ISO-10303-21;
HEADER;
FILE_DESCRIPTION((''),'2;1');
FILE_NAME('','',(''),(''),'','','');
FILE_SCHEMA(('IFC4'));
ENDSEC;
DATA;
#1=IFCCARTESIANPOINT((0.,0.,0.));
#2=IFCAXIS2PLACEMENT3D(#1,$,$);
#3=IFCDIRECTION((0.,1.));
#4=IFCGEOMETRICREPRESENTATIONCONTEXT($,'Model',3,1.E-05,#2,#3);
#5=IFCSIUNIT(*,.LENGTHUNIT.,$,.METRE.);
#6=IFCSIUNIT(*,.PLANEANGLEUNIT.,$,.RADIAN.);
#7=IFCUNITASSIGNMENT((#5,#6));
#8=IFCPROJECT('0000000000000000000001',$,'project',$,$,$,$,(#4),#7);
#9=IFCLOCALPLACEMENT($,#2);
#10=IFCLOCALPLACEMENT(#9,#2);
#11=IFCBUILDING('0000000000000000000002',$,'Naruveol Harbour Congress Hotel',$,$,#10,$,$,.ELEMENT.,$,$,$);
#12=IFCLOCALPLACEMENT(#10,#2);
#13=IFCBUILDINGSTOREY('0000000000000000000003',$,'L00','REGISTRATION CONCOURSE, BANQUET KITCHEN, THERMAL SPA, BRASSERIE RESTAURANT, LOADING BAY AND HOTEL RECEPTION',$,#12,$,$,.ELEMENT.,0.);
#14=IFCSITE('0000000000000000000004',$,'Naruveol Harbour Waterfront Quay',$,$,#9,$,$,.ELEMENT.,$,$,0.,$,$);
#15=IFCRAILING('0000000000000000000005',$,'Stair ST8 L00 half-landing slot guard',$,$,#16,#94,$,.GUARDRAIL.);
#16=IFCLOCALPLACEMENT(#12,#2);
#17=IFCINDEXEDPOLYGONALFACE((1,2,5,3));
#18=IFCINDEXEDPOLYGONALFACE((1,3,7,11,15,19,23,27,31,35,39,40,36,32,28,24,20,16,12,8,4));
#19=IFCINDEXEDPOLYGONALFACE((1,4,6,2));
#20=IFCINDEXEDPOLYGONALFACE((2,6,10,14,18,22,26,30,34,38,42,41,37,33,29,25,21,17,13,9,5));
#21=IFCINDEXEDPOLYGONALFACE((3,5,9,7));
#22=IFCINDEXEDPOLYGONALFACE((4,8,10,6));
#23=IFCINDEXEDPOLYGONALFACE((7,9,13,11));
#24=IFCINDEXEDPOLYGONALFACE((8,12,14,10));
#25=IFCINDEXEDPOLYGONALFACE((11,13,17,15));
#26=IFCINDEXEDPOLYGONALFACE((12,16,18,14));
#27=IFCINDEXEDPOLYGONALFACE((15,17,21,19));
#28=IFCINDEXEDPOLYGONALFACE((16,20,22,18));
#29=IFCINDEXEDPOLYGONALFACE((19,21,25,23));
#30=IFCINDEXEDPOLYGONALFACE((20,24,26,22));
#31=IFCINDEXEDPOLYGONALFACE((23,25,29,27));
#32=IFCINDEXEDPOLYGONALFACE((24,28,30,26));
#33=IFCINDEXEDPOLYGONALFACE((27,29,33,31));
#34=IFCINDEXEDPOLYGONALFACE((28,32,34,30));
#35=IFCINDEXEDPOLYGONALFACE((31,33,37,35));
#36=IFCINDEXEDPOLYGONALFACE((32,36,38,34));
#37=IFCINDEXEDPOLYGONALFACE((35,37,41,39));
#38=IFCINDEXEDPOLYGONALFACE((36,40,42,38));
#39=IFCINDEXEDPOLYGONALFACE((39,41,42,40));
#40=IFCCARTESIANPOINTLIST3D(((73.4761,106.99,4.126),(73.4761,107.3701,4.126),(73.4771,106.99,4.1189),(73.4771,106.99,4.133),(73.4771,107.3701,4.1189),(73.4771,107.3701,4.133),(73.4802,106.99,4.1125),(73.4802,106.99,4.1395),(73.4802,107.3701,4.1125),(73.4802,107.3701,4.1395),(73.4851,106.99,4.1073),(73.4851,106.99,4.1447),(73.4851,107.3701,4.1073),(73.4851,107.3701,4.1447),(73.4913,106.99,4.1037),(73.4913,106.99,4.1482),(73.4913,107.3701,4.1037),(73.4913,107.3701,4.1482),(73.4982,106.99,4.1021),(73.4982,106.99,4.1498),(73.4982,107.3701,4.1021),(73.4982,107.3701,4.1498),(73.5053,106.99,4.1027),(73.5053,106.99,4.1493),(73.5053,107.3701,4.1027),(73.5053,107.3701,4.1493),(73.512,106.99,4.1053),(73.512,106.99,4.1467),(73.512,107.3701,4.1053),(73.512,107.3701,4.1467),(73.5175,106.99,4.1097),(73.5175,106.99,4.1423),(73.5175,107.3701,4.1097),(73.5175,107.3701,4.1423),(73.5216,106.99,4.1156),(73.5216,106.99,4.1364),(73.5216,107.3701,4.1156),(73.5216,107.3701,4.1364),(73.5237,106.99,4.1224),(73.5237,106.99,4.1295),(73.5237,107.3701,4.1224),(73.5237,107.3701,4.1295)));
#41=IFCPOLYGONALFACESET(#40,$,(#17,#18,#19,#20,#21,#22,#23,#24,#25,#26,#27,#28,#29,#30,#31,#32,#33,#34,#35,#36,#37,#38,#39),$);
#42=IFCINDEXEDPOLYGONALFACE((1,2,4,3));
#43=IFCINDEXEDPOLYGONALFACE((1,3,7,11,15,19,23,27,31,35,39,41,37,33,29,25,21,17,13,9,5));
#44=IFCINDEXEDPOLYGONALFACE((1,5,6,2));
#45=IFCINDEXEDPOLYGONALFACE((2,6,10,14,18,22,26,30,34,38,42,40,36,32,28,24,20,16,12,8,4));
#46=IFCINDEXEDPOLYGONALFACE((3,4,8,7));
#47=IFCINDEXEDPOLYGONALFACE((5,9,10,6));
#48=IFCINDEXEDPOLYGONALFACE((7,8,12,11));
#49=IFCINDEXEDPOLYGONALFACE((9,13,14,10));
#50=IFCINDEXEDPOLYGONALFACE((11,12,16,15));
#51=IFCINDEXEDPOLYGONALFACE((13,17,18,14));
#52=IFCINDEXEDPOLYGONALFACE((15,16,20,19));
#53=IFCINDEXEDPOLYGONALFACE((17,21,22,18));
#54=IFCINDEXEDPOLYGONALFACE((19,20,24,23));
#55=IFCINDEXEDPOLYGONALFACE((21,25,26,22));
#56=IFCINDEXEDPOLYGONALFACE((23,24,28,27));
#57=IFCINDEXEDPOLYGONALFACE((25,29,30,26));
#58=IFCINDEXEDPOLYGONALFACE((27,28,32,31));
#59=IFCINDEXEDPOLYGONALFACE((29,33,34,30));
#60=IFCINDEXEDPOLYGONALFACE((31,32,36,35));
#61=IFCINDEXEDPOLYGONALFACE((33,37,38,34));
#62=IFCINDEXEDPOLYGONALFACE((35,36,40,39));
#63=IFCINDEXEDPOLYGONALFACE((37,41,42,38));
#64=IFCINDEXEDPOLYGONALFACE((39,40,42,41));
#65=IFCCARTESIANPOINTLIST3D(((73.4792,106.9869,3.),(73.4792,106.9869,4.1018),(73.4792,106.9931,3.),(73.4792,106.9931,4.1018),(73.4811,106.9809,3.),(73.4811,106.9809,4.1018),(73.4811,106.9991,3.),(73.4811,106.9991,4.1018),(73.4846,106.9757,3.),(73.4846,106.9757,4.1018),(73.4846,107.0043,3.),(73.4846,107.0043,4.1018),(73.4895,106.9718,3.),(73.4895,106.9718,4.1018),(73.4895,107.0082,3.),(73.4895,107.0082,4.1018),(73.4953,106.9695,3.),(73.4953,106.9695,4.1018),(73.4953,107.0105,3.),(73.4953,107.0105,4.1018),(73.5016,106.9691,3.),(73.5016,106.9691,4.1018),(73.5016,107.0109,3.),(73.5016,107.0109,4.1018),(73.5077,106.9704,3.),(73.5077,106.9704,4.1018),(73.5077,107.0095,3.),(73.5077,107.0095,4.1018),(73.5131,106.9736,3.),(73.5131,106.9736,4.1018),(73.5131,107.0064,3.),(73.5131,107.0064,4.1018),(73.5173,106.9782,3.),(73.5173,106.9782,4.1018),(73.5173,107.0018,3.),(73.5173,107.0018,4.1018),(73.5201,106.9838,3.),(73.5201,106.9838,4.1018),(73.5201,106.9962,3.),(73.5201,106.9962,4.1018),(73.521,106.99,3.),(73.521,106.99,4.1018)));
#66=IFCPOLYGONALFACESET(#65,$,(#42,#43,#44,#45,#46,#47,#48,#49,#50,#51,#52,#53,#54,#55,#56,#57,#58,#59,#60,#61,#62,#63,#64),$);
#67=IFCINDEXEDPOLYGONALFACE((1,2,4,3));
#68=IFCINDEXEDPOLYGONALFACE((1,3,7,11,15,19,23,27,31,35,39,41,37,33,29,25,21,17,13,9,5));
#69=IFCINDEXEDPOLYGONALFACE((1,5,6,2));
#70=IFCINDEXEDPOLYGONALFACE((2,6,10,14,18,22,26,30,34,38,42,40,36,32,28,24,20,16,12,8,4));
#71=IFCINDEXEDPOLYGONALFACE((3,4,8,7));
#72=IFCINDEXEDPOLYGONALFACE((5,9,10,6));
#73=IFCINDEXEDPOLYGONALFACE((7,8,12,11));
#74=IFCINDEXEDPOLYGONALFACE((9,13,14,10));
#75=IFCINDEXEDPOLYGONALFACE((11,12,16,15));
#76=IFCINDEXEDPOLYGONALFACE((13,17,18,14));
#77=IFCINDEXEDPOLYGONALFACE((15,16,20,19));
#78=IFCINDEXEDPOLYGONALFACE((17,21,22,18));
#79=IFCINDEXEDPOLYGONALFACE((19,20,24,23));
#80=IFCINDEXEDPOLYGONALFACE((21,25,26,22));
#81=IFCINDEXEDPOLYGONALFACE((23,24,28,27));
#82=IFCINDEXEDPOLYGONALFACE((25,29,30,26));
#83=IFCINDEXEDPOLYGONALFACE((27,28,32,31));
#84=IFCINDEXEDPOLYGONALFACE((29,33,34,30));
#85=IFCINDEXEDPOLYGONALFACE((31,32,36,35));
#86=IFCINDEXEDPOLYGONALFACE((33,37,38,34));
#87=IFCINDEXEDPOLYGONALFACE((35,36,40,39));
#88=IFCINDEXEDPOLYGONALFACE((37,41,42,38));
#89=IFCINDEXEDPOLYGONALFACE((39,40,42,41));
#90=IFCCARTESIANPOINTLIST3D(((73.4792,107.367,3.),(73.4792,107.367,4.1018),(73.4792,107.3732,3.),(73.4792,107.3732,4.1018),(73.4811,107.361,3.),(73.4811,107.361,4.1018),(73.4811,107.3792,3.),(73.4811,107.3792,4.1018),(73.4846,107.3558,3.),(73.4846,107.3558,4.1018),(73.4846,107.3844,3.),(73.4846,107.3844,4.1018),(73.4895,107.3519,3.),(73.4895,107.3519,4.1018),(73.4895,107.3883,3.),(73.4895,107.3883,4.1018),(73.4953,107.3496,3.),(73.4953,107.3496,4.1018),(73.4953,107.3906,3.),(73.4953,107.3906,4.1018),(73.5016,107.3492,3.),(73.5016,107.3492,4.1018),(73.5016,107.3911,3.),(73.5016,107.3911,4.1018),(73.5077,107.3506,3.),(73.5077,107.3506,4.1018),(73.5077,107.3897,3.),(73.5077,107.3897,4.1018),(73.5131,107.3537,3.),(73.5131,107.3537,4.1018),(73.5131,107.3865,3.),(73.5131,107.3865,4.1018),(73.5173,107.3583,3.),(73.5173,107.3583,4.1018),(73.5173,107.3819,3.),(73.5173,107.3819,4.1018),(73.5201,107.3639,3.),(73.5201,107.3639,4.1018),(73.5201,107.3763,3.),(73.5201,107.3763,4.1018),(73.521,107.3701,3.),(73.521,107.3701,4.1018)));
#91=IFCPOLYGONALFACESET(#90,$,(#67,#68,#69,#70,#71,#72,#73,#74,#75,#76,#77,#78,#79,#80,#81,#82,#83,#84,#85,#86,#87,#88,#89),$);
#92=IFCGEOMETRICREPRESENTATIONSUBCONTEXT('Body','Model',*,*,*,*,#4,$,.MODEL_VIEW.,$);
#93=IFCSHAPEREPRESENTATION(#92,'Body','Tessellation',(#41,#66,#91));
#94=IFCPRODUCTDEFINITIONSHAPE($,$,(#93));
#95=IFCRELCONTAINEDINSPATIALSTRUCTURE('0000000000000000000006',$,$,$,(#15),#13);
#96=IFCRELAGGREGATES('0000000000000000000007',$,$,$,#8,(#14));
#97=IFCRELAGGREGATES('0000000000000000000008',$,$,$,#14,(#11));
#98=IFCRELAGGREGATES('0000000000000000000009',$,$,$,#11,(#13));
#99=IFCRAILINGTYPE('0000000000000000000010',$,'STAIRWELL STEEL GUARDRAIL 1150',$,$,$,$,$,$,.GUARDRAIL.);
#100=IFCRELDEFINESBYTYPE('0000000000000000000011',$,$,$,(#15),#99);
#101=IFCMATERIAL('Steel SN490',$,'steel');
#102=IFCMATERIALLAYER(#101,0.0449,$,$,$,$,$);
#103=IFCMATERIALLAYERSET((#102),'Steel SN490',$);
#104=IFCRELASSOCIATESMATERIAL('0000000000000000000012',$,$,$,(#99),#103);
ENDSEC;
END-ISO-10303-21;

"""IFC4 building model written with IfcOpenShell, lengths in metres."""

from ifc_helpers import new_model, si_unit, direction, frame, origin, origin_2d, place, context, subcontext, project, spatial, circle, extrude, material, layer, layer_set, type_object, element, save


model = new_model("IFC4")

# Units and contexts
model_context = context("Model", 3, precision=1e-05, world=origin(), true_north=direction((0.0, 1.0)))
body_context = subcontext(model_context, "Body", "Model", "MODEL_VIEW")
ifc_project = project(units=[si_unit("LENGTHUNIT", "METRE"), si_unit("PLANEANGLEUNIT", "RADIAN")], contexts=[model_context])

# Site, building, storey
site_placement = place(None, origin())
site = spatial("IfcSite", under=ifc_project, at=site_placement, Name="Naruveol Harbour Waterfront Quay", CompositionType="ELEMENT", RefElevation=0.0)
building_placement = place(site_placement, origin())
building = spatial("IfcBuilding", under=site, at=building_placement, Name="Naruveol Harbour Congress Hotel", CompositionType="ELEMENT")
storey_placement = place(building_placement, origin())
storey = spatial("IfcBuildingStorey", under=building, at=storey_placement, Name="L00", Description="REGISTRATION CONCOURSE, BANQUET KITCHEN, THERMAL SPA, BRASSERIE RESTAURANT, LOADING BAY AND HOTEL RECEPTION", CompositionType="ELEMENT", Elevation=0.0)

# Railing
ifc_material_1 = material(Name="Steel SN490", Category="steel")
ifc_layer_1 = layer(ifc_material_1, 0.0449)
ifc_layer_set_1 = layer_set([ifc_layer_1], Name="Steel SN490")
railing_type_1 = type_object("IfcRailingType", Name="STAIRWELL STEEL GUARDRAIL 1150", PredefinedType="GUARDRAIL", material=ifc_layer_set_1)
railing_1_placement = place(storey_placement, frame((73.5, 106.99, 3.0)))
element("IfcRailing", 1, at=railing_1_placement, inside=storey, type_object=railing_type_1, Name="Stair ST8 L00 half-landing slot guard", PredefinedType="GUARDRAIL", context=body_context, shape_type="SweptSolid", body=[
    extrude(circle(Radius=0.0239, at=origin_2d()), frame((0.0, 0.0, 1.126), z_axis=(0.0, 1.0, 0.0), x_axis=(-1.0, 0.0, 0.0)), (0.0, 0.0, 1.0), 0.3801),
    extrude(circle(Radius=0.021, at=origin_2d()), origin(), (0.0, 0.0, 1.0), 1.1018),
    extrude(circle(Radius=0.021, at=origin_2d()), frame((0.0, 0.3801, 0.0)), (0.0, 0.0, 1.0), 1.1018),
])

save(model, "model.ifc")
